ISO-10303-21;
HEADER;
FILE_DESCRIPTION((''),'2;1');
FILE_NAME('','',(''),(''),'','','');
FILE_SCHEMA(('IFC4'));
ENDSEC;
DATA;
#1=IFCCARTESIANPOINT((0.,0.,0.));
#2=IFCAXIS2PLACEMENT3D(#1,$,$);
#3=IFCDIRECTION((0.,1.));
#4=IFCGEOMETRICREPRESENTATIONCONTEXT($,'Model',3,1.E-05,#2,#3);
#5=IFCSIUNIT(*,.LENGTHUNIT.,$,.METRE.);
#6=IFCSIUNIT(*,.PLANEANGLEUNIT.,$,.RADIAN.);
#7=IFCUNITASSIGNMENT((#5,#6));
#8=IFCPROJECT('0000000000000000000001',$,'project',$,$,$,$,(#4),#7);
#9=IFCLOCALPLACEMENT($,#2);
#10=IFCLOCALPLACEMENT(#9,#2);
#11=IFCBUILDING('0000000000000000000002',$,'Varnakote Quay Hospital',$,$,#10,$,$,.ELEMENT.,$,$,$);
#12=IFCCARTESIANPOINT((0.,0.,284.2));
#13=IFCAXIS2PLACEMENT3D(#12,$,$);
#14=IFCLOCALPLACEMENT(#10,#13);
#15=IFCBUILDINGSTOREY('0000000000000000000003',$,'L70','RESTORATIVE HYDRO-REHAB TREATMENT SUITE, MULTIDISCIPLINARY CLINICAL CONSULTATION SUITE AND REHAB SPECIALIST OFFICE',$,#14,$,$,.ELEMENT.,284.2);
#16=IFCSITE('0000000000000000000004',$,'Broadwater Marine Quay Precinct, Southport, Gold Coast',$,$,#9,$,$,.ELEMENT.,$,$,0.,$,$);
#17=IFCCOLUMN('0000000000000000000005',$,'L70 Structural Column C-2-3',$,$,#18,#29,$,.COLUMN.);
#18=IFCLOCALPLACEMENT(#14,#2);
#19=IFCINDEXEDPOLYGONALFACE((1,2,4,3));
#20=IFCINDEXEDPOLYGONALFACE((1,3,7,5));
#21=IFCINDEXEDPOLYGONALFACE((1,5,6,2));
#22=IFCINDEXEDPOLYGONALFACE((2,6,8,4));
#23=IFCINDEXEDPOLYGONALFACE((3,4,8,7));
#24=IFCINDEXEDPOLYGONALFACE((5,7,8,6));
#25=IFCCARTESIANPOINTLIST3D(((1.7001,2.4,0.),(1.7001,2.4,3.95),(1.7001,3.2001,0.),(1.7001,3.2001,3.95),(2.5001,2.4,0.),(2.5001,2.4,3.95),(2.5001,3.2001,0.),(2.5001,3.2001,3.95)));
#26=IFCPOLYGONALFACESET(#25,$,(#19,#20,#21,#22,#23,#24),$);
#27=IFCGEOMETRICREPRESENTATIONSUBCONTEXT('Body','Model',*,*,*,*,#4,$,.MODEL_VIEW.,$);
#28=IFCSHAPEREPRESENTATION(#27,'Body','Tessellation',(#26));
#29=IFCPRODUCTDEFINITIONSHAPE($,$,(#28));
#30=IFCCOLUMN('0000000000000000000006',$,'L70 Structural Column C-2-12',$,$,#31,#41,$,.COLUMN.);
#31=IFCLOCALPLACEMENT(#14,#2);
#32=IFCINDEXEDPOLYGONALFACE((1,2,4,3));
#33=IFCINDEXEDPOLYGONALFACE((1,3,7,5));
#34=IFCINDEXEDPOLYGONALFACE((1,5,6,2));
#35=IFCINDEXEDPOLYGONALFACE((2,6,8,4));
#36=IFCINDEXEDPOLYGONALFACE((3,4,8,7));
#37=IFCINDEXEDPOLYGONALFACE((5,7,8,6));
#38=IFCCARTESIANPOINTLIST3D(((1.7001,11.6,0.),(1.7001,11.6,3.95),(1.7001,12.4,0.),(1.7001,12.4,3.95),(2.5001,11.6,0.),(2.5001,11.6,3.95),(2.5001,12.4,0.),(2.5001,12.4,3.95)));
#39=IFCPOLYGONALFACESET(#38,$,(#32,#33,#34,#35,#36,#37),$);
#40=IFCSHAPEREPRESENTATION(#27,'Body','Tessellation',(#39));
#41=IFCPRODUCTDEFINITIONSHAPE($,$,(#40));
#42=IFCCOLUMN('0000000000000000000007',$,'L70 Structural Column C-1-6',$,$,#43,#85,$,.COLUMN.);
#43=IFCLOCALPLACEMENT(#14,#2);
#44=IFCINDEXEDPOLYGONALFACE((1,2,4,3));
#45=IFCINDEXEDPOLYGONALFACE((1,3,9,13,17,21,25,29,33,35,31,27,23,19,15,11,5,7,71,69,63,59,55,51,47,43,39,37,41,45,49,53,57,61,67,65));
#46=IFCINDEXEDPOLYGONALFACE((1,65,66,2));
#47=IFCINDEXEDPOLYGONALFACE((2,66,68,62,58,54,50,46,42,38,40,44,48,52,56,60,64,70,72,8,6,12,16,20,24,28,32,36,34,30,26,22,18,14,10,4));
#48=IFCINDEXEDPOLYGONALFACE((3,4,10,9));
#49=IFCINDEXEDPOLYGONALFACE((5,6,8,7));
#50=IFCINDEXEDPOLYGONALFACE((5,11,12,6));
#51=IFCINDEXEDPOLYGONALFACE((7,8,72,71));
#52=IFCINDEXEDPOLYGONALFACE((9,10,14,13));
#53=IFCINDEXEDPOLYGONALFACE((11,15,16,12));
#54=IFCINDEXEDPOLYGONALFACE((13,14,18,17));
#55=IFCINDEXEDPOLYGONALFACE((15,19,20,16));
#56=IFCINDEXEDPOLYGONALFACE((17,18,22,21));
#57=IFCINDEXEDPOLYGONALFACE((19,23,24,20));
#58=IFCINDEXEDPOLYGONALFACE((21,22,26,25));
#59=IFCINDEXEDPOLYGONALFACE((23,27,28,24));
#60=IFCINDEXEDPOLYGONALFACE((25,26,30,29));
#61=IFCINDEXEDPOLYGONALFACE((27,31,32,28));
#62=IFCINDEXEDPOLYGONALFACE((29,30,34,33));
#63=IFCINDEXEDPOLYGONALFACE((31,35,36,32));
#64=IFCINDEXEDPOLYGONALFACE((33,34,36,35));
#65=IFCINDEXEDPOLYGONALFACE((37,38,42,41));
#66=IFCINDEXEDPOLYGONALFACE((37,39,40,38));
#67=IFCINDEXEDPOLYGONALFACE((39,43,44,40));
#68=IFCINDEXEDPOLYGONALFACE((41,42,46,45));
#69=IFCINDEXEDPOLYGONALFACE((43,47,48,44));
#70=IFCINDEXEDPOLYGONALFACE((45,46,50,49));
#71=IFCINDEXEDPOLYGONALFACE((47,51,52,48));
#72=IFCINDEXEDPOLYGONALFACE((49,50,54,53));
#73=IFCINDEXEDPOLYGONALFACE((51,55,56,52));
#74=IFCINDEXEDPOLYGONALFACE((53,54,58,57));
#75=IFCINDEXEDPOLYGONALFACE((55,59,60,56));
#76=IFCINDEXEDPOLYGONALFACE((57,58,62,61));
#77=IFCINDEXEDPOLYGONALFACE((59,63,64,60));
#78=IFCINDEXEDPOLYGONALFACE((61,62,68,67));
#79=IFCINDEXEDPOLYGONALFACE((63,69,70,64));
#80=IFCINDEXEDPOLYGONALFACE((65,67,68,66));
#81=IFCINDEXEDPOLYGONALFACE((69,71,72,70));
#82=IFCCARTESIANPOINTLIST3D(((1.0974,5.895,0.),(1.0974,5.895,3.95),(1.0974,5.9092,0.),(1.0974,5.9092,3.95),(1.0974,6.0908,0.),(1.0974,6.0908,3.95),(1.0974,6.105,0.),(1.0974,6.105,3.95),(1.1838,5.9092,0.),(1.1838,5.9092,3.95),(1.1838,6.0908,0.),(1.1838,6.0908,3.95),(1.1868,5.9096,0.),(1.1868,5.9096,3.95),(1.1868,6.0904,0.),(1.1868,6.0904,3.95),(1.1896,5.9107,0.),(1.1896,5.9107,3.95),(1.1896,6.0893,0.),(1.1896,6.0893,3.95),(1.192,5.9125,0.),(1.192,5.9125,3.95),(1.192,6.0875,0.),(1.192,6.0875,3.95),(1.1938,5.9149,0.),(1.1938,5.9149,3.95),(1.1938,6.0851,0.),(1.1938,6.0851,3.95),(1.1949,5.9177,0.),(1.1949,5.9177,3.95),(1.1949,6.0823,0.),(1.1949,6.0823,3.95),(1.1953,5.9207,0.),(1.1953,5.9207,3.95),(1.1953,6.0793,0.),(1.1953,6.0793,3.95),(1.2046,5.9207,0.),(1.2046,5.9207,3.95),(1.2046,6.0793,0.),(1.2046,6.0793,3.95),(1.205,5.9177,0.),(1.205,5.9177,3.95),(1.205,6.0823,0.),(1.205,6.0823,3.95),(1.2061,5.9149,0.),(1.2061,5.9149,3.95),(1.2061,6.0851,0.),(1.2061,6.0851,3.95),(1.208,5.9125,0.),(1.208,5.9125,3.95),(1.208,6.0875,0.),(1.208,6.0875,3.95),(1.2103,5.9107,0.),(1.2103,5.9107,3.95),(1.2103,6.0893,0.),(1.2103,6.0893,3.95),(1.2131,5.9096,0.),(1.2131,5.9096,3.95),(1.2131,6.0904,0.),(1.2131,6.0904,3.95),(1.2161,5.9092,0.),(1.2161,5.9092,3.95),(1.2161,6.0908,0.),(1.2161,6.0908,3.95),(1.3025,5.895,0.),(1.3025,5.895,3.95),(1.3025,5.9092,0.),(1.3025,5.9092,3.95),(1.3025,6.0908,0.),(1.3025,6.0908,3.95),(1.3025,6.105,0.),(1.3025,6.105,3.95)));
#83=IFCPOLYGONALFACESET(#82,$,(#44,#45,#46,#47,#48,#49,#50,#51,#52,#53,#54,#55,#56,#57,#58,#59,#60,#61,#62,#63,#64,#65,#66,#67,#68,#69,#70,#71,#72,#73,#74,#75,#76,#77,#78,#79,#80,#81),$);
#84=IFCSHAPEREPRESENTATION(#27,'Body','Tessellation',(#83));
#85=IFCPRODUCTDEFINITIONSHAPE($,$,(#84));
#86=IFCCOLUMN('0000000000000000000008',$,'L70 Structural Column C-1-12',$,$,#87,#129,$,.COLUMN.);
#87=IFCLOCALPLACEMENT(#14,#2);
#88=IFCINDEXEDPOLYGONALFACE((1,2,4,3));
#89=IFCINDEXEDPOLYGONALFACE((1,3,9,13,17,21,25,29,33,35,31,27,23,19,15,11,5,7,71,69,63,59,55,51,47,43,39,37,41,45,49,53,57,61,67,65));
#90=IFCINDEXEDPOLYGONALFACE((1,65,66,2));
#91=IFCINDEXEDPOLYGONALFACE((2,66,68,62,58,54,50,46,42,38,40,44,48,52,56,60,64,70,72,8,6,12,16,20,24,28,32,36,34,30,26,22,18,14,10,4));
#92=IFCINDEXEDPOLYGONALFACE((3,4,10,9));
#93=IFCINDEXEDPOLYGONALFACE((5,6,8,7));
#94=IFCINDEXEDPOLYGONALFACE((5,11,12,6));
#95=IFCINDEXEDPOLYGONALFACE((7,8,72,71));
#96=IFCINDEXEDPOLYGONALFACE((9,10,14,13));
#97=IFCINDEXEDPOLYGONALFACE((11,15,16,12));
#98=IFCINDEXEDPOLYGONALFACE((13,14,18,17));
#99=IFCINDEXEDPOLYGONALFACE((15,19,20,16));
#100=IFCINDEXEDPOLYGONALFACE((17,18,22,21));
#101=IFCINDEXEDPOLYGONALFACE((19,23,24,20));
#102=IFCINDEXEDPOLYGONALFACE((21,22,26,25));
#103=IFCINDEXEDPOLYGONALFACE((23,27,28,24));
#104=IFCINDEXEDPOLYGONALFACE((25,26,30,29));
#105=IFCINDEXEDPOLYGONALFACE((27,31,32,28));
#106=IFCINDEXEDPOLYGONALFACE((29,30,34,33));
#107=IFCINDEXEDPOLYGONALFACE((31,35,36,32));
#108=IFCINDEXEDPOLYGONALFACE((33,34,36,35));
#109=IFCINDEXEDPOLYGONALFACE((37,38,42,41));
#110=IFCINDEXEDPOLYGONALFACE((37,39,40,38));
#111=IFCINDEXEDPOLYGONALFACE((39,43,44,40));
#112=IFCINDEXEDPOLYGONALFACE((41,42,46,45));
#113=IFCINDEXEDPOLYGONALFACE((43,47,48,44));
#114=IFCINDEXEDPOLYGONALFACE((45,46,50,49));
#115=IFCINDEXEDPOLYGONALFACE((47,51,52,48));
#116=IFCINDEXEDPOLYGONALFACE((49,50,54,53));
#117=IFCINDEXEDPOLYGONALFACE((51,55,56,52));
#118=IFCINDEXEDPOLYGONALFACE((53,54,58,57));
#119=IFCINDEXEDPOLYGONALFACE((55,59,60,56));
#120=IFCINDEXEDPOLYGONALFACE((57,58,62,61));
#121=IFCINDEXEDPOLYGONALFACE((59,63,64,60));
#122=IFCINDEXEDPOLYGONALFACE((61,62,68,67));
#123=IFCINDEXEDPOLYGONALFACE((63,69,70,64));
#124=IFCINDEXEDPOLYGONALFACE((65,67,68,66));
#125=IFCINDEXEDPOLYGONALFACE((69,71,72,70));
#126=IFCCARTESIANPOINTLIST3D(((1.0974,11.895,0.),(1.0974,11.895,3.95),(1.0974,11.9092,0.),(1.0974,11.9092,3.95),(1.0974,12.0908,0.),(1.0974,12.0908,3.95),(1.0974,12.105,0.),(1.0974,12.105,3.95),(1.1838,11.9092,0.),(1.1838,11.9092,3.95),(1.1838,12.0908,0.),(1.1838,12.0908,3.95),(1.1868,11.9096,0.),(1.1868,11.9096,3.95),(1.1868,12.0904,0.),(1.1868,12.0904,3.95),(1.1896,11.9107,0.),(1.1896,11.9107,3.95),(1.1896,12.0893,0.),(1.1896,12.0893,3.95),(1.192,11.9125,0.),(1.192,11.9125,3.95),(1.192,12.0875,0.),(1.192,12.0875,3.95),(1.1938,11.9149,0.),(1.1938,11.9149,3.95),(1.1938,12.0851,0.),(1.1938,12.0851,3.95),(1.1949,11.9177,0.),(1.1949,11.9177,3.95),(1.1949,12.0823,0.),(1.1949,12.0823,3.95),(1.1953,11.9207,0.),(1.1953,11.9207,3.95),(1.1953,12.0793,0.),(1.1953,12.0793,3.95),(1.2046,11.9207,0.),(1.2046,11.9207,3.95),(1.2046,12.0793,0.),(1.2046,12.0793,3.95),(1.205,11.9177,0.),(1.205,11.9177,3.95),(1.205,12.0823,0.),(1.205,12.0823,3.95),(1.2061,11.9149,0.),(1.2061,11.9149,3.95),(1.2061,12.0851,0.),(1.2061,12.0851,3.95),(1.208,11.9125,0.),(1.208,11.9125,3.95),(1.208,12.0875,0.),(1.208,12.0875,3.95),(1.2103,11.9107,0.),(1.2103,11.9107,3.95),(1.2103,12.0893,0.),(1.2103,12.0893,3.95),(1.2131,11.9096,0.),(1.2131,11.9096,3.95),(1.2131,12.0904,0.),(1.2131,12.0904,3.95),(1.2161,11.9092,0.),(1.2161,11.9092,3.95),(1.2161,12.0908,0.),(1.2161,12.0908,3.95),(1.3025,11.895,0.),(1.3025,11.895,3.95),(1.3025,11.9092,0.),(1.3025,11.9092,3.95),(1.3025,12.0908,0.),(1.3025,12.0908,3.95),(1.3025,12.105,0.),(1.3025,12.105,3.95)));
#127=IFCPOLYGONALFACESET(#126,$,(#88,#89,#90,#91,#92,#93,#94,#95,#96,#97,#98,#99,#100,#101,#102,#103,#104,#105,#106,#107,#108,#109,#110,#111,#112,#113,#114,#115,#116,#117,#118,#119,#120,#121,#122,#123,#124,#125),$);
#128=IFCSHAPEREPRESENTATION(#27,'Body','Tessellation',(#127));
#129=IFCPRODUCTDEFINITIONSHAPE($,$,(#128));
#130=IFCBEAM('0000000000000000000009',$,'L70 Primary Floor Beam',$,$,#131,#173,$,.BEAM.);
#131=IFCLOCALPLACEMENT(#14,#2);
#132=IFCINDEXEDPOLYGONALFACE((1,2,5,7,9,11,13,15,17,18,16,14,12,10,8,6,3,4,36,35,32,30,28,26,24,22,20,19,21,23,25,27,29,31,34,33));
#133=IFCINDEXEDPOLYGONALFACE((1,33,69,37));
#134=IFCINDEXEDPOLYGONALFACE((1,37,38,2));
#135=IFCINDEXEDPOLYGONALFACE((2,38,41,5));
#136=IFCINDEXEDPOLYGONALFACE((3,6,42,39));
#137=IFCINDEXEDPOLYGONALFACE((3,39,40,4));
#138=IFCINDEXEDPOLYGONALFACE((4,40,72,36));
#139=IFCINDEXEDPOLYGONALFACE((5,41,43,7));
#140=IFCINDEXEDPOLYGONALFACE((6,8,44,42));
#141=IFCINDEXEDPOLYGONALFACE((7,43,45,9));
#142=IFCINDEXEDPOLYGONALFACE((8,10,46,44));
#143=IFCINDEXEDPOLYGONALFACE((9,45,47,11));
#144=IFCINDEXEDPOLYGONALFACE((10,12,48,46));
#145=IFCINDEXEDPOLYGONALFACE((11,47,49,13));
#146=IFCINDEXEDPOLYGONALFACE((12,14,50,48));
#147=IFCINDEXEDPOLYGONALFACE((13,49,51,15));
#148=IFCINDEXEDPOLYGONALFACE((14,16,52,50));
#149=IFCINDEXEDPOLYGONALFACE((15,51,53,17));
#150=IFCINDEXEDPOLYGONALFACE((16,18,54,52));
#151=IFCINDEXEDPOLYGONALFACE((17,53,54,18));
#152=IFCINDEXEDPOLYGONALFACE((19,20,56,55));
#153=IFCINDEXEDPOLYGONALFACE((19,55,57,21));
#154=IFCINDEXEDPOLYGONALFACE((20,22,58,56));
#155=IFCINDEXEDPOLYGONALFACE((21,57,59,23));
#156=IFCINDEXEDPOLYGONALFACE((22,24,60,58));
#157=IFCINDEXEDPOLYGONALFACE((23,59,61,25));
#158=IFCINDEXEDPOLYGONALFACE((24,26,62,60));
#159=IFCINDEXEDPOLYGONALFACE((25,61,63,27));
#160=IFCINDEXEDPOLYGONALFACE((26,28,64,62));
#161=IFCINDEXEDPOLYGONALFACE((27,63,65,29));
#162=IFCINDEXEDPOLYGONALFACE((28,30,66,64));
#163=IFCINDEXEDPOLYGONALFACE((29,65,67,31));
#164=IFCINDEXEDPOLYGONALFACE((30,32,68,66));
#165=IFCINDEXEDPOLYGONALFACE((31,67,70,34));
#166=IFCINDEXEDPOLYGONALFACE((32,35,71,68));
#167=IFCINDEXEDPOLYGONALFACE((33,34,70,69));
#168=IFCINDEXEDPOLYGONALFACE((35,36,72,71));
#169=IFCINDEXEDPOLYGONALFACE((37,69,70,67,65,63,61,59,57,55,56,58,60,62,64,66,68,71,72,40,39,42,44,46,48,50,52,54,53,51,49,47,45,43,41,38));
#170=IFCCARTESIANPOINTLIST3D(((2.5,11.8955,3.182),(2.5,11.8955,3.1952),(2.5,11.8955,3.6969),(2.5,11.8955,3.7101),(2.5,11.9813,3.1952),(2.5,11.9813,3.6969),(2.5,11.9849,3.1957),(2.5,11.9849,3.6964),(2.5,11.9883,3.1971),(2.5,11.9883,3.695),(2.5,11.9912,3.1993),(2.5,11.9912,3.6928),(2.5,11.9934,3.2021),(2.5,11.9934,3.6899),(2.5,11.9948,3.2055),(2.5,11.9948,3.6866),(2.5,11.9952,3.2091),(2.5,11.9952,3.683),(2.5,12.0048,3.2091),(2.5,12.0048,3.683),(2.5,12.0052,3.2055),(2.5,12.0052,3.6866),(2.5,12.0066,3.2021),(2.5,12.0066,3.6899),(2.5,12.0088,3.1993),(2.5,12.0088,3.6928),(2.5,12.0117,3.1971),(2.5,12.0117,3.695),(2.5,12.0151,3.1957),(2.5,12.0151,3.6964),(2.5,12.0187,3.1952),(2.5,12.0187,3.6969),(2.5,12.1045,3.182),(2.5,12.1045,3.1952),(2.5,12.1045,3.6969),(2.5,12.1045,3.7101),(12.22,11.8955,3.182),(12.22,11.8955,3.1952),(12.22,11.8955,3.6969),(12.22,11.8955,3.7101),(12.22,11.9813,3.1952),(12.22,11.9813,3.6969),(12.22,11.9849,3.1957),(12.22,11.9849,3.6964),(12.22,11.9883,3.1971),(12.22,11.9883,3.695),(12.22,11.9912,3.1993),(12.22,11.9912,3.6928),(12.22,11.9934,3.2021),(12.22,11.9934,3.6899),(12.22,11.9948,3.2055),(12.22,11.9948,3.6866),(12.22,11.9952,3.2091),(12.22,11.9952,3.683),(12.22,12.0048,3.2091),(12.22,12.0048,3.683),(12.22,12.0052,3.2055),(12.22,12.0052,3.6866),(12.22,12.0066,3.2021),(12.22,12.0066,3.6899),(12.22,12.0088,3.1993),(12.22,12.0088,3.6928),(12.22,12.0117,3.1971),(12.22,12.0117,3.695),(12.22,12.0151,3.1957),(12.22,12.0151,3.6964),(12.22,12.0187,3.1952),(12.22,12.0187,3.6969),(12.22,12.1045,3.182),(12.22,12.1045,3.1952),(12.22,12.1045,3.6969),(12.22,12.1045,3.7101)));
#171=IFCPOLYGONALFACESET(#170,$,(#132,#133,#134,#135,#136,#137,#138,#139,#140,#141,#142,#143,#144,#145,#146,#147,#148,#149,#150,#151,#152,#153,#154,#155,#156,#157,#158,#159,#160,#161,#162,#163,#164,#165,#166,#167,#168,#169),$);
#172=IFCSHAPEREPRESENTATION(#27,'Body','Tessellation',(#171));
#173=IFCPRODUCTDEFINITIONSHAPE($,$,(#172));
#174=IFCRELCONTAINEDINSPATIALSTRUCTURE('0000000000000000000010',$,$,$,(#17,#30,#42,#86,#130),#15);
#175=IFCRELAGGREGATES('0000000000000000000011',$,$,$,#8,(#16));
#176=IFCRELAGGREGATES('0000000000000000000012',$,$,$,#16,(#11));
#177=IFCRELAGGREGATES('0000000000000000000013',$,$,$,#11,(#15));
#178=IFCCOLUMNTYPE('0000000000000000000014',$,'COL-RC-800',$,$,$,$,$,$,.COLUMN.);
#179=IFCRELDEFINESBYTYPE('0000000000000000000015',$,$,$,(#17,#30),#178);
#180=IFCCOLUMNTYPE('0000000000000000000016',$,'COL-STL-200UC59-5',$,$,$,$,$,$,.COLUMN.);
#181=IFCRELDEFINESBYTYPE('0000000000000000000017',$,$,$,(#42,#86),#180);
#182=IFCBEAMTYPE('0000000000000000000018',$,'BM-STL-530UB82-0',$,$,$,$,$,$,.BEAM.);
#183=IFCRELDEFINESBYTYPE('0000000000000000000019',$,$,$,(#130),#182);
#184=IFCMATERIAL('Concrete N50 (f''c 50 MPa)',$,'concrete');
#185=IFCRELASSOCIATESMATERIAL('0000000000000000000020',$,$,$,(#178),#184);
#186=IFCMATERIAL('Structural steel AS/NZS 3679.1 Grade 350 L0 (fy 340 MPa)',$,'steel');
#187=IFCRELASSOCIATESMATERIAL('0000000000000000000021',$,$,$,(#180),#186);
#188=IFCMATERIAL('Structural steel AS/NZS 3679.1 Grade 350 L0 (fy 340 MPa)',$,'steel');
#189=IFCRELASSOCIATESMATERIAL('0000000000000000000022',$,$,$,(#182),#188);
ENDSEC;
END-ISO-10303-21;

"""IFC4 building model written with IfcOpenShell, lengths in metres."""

from ifc_helpers import new_model, si_unit, direction, frame, origin, origin_2d, place, context, subcontext, project, spatial, rectangle, i_section, extrude, material, material_profile, profile_set, type_object, element, save


model = new_model("IFC4")

# Units and contexts
model_context = context("Model", 3, precision=1e-05, world=origin(), true_north=direction((0.0, 1.0)))
body_context = subcontext(model_context, "Body", "Model", "MODEL_VIEW")
ifc_project = project(units=[si_unit("LENGTHUNIT", "METRE"), si_unit("PLANEANGLEUNIT", "RADIAN")], contexts=[model_context])

# Site, building, storey
site_placement = place(None, origin())
site = spatial("IfcSite", under=ifc_project, at=site_placement, Name="Broadwater Marine Quay Precinct, Southport, Gold Coast", CompositionType="ELEMENT", RefElevation=0.0)
building_placement = place(site_placement, origin())
building = spatial("IfcBuilding", under=site, at=building_placement, Name="Varnakote Quay Hospital", CompositionType="ELEMENT")
storey_placement = place(building_placement, frame((0.0, 0.0, 284.2)))
storey = spatial("IfcBuildingStorey", under=building, at=storey_placement, Name="L70", Description="RESTORATIVE HYDRO-REHAB TREATMENT SUITE, MULTIDISCIPLINARY CLINICAL CONSULTATION SUITE AND REHAB SPECIALIST OFFICE", CompositionType="ELEMENT", Elevation=284.2)

# Columns
ifc_material_1 = material(Name="Concrete N50 (f'c 50 MPa)", Category="concrete")
ifc_material_profile_1 = material_profile(ifc_material_1, rectangle(XDim=0.8, YDim=0.8, at=origin_2d()), Name="RC-COL-800x800")
ifc_profile_set_1 = profile_set([ifc_material_profile_1], Name="Concrete N50 (f'c 50 MPa)")
column_type_1 = type_object("IfcColumnType", Name="COL-RC-800", PredefinedType="COLUMN", material=ifc_profile_set_1)
for number, where, z_axis, x_axis, name in (
    (1, (2.1001, 2.8, 0.0), (0.0, 0.0, 1.0), (1.0, 0.0, 0.0), "L70 Structural Column C-2-3"),
    (2, (2.1001, 12.0, 0.0), (0.0, 0.0, 1.0), (1.0, 0.0, 0.0), "L70 Structural Column C-2-12"),
):
    element("IfcColumn", number, at=place(storey_placement, frame(where, z_axis=z_axis, x_axis=x_axis)), inside=storey, type_object=column_type_1, Name=name, PredefinedType="COLUMN", context=body_context, shape_type="SweptSolid", body=[
        extrude(rectangle(XDim=0.8, YDim=0.8, at=origin_2d()), origin(), (0.0, 0.0, 1.0), 3.95),
    ])
ifc_material_2 = material(Name="Structural steel AS/NZS 3679.1 Grade 350 L0 (fy 340 MPa)", Category="steel")
ifc_material_profile_2 = material_profile(ifc_material_2, i_section(OverallWidth=0.2051, OverallDepth=0.21, WebThickness=0.0093, FlangeThickness=0.0142, FilletRadius=0.0115, at=origin_2d()), Name="200UC59.5")
ifc_profile_set_2 = profile_set([ifc_material_profile_2], Name="Structural steel AS/NZS 3679.1 Grade 350 L0 (fy 340 MPa)")
column_type_2 = type_object("IfcColumnType", Name="COL-STL-200UC59-5", PredefinedType="COLUMN", material=ifc_profile_set_2)
for number, where, z_axis, x_axis, name in (
    (3, (1.2, 6.0, 0.0), (0.0, 0.0, 1.0), (1.0, 0.0, 0.0), "L70 Structural Column C-1-6"),
    (4, (1.2, 12.0, 0.0), (0.0, 0.0, 1.0), (1.0, 0.0, 0.0), "L70 Structural Column C-1-12"),
):
    element("IfcColumn", number, at=place(storey_placement, frame(where, z_axis=z_axis, x_axis=x_axis)), inside=storey, type_object=column_type_2, Name=name, PredefinedType="COLUMN", context=body_context, shape_type="SweptSolid", body=[
        extrude(i_section(OverallWidth=0.2051, OverallDepth=0.21, WebThickness=0.0093, FlangeThickness=0.0142, FilletRadius=0.0115, at=origin_2d()), origin(), (0.0, 0.0, 1.0), 3.95),
    ])

# Beam
ifc_material_3 = material(Name="Structural steel AS/NZS 3679.1 Grade 350 L0 (fy 340 MPa)", Category="steel")
ifc_material_profile_3 = material_profile(ifc_material_3, i_section(OverallWidth=0.209, OverallDepth=0.5281, WebThickness=0.0095, FlangeThickness=0.0132, FilletRadius=0.0139, at=origin_2d()), Name="530UB82.0")
ifc_profile_set_3 = profile_set([ifc_material_profile_3], Name="Structural steel AS/NZS 3679.1 Grade 350 L0 (fy 340 MPa)")
beam_type_1 = type_object("IfcBeamType", Name="BM-STL-530UB82-0", PredefinedType="BEAM", material=ifc_profile_set_3)
beam_1_placement = place(storey_placement, frame((2.5, 12.0, 3.446), z_axis=(1.0, 0.0, 0.0), x_axis=(0.0, 1.0, 0.0)))
element("IfcBeam", 5, at=beam_1_placement, inside=storey, type_object=beam_type_1, Name="L70 Primary Floor Beam", PredefinedType="BEAM", context=body_context, shape_type="SweptSolid", body=[
    extrude(i_section(OverallWidth=0.209, OverallDepth=0.5281, WebThickness=0.0095, FlangeThickness=0.0132, FilletRadius=0.0139, at=origin_2d()), origin(), (0.0, 0.0, 1.0), 9.72),
])

save(model, "model.ifc")
